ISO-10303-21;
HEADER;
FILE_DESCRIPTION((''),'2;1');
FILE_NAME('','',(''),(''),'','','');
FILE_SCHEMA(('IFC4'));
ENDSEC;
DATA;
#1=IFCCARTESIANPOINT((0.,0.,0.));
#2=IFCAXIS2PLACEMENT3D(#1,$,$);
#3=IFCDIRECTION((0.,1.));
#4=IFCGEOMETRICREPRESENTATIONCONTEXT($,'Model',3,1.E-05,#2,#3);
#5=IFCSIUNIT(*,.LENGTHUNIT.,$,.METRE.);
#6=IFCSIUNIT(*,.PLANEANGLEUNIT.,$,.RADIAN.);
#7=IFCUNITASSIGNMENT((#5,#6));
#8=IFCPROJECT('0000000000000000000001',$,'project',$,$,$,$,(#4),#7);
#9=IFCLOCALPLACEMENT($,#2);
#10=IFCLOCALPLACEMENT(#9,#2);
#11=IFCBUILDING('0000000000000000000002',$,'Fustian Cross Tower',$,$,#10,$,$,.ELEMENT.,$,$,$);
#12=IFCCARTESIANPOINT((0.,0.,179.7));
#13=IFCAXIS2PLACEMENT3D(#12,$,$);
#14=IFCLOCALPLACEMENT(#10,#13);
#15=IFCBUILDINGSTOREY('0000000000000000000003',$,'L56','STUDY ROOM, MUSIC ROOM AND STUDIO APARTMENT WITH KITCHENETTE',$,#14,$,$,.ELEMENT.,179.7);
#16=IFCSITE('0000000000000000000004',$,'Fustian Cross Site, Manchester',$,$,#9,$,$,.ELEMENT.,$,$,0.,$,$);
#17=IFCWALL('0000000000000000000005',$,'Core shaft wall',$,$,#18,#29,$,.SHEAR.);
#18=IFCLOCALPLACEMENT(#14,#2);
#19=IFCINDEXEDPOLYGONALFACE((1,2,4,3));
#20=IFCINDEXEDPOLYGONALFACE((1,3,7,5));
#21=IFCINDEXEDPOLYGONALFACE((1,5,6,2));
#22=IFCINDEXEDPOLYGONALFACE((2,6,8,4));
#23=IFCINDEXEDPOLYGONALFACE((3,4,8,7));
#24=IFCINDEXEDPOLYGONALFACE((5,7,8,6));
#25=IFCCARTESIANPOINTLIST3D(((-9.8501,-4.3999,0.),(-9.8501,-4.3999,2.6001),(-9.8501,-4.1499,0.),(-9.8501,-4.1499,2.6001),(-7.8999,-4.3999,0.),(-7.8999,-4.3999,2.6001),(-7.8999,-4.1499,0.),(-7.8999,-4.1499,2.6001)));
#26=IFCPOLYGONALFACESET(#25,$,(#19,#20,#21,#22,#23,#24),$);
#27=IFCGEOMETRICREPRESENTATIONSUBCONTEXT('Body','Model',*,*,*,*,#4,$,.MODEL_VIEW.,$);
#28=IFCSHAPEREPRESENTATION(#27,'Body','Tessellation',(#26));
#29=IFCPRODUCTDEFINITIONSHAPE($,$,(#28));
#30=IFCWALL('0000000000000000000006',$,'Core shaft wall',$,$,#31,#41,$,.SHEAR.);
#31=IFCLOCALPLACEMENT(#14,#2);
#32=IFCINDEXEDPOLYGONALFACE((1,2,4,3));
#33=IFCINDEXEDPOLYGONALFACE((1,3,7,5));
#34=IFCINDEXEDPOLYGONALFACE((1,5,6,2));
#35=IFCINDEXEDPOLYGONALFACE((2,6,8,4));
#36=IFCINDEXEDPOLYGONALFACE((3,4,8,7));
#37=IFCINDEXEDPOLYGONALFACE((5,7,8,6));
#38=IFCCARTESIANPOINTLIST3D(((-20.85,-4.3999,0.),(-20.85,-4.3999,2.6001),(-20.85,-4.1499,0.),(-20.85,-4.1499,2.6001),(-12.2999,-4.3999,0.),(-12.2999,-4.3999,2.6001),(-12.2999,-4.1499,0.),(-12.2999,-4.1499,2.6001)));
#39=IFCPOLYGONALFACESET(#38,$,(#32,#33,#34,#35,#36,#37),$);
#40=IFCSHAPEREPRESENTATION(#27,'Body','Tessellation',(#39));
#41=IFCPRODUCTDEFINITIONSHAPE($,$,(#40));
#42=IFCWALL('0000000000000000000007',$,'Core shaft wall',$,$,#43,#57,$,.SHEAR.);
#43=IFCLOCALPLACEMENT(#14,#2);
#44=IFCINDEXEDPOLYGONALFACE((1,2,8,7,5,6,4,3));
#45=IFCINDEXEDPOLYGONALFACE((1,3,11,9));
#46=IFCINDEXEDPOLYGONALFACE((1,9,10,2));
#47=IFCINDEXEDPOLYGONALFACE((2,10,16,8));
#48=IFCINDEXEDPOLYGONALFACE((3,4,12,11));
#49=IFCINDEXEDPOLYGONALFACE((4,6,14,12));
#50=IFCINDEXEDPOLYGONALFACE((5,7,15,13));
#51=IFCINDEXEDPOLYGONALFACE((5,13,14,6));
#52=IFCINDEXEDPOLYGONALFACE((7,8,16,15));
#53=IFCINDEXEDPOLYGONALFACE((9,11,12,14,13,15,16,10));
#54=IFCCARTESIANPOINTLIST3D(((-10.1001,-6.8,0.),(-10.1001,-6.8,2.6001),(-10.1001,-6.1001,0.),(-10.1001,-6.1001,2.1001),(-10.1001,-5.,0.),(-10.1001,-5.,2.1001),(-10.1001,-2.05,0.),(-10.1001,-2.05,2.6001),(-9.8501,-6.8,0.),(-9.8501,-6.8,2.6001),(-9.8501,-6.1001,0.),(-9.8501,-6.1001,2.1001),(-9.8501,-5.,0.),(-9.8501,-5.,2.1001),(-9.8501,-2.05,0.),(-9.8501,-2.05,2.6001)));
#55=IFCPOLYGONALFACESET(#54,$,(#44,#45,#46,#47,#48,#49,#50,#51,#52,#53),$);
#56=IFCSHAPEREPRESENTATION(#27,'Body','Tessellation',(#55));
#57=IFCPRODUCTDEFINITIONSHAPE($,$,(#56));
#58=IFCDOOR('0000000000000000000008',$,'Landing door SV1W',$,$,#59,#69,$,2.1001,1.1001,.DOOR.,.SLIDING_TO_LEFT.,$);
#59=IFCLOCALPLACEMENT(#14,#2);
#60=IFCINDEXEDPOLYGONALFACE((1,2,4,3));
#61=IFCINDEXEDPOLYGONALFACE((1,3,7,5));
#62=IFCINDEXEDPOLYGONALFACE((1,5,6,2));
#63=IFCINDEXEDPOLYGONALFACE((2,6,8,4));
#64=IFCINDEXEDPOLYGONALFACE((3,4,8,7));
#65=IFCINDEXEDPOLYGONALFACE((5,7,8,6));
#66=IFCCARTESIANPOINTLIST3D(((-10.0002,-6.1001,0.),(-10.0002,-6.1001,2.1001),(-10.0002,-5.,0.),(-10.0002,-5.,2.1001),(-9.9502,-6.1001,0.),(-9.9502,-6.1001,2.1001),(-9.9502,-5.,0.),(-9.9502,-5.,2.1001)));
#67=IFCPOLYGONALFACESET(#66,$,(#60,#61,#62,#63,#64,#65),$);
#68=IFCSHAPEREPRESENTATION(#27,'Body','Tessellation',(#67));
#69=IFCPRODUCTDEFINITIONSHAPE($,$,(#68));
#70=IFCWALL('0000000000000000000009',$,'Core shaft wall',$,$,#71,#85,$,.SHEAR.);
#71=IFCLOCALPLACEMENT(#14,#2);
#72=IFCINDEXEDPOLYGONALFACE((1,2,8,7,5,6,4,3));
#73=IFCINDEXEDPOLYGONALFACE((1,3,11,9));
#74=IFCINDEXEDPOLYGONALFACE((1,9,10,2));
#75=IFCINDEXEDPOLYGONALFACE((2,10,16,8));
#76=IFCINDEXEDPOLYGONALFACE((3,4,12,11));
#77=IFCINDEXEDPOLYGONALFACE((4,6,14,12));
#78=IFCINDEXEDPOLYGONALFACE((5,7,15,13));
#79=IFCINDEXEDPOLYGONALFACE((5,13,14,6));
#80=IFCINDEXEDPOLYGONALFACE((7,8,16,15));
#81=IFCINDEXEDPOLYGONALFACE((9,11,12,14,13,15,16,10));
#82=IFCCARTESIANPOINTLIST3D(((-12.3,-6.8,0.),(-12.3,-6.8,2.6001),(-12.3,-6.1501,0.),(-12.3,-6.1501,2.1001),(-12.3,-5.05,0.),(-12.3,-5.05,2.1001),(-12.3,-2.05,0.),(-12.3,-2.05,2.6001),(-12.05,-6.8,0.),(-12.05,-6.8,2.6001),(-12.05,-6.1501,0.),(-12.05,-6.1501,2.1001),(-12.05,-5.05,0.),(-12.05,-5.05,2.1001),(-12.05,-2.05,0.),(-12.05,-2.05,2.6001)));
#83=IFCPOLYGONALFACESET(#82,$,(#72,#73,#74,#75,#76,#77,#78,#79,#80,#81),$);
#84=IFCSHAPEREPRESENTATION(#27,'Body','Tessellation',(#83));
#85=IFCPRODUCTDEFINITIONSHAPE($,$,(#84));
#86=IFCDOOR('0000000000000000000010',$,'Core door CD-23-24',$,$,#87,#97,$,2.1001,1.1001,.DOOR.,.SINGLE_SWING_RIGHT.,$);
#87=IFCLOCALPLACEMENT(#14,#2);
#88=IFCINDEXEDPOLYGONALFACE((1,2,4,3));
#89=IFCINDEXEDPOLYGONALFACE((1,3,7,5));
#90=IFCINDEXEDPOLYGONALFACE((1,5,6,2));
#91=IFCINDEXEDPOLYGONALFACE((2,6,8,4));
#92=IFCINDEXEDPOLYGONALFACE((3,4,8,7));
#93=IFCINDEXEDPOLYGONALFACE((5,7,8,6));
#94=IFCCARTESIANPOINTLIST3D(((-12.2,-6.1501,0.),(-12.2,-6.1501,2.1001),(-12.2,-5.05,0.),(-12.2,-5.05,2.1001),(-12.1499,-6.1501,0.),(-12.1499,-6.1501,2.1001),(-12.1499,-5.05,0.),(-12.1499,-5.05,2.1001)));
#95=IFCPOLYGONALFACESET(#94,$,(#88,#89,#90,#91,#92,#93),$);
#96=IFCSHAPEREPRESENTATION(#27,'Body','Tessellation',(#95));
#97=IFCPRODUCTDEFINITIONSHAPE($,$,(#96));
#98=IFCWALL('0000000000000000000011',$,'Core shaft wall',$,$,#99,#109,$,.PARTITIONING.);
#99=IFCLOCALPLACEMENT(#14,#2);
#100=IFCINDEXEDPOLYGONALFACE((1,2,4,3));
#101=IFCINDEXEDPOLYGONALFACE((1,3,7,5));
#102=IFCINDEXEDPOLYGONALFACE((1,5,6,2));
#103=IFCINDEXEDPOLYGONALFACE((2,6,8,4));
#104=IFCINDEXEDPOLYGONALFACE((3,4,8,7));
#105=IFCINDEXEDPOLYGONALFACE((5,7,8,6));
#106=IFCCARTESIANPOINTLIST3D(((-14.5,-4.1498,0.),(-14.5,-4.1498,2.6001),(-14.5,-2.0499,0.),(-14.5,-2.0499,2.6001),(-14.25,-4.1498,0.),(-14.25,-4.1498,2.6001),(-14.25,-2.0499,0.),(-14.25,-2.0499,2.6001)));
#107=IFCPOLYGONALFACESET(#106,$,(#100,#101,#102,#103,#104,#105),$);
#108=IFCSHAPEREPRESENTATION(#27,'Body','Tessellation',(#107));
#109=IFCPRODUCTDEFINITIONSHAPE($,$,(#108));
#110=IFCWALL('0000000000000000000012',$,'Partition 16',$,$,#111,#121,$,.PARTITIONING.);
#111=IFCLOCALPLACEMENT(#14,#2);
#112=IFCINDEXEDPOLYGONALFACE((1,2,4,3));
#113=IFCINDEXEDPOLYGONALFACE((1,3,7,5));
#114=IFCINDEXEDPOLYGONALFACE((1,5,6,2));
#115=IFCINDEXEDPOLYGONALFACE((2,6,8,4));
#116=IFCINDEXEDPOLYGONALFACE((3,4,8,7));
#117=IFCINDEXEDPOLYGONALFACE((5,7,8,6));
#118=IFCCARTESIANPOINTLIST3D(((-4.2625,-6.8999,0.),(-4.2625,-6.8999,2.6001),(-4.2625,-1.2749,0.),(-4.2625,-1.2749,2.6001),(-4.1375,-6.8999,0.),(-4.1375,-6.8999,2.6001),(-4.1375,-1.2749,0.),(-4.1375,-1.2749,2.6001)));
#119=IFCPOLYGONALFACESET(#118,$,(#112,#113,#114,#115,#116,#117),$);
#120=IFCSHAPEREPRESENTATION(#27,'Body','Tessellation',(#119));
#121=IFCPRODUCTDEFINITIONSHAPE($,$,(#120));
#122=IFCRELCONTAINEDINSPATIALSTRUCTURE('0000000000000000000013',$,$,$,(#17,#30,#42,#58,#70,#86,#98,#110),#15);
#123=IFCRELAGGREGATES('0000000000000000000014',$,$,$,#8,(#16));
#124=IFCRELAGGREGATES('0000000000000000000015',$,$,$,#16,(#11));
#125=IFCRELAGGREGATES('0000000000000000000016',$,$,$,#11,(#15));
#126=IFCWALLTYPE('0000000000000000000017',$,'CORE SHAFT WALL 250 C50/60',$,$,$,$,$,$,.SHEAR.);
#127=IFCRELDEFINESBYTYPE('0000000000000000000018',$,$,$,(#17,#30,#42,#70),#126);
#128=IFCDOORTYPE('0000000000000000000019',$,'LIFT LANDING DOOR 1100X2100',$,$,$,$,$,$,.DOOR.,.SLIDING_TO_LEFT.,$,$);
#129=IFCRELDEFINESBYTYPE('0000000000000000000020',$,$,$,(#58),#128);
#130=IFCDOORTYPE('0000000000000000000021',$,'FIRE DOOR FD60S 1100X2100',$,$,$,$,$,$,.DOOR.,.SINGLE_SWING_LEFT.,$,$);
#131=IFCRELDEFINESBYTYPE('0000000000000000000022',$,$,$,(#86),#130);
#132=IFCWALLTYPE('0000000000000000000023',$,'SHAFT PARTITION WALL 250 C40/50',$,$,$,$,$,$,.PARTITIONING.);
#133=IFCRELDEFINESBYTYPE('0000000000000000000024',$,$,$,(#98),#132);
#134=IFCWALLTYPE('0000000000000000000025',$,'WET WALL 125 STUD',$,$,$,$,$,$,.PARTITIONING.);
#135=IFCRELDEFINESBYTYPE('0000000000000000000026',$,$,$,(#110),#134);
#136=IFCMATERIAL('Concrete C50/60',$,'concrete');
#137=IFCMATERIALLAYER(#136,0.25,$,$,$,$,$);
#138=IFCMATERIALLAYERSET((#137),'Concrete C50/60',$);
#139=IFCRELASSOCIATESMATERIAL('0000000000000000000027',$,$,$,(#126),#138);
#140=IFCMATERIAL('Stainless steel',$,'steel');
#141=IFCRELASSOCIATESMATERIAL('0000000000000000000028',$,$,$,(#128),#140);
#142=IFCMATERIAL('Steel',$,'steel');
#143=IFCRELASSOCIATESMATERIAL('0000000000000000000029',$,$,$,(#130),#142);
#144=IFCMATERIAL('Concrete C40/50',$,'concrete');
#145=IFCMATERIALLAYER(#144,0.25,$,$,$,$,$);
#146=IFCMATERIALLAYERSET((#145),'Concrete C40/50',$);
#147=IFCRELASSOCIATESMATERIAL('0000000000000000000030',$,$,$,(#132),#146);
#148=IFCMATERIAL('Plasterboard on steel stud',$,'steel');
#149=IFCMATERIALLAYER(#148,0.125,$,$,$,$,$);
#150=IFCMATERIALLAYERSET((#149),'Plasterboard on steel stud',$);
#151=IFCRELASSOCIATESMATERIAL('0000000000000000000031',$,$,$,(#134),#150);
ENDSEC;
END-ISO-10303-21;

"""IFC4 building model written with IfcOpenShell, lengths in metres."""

from ifc_helpers import new_model, si_unit, direction, frame, frame_2d, origin, place, context, subcontext, project, spatial, rectangle, extrude, material, layer, layer_set, type_object, element, fill, save


model = new_model("IFC4")

# Units and contexts
model_context = context("Model", 3, precision=1e-05, world=origin(), true_north=direction((0.0, 1.0)))
body_context = subcontext(model_context, "Body", "Model", "MODEL_VIEW")
ifc_project = project(units=[si_unit("LENGTHUNIT", "METRE"), si_unit("PLANEANGLEUNIT", "RADIAN")], contexts=[model_context])

# Site, building, storey
site_placement = place(None, origin())
site = spatial("IfcSite", under=ifc_project, at=site_placement, Name="Fustian Cross Site, Manchester", CompositionType="ELEMENT", RefElevation=0.0)
building_placement = place(site_placement, origin())
building = spatial("IfcBuilding", under=site, at=building_placement, Name="Fustian Cross Tower", CompositionType="ELEMENT")
storey_placement = place(building_placement, frame((0.0, 0.0, 179.7)))
storey = spatial("IfcBuildingStorey", under=building, at=storey_placement, Name="L56", Description="STUDY ROOM, MUSIC ROOM AND STUDIO APARTMENT WITH KITCHENETTE", CompositionType="ELEMENT", Elevation=179.7)

# Walls
ifc_material_1 = material(Name="Concrete C50/60", Category="concrete")
ifc_layer_1 = layer(ifc_material_1, 0.25)
ifc_layer_set_1 = layer_set([ifc_layer_1], Name="Concrete C50/60")
wall_type_1 = type_object("IfcWallType", Name="CORE SHAFT WALL 250 C50/60", PredefinedType="SHEAR", material=ifc_layer_set_1)
wall_1_placement = place(storey_placement, frame((-7.8999, -4.2749, 0.0), z_axis=(0.0, 0.0, 1.0), x_axis=(-1.0, 0.0, 0.0)))
element("IfcWall", 1, at=wall_1_placement, inside=storey, type_object=wall_type_1, Name="Core shaft wall", PredefinedType="SHEAR", context=body_context, shape_type="SweptSolid", body=[
    extrude(rectangle(XDim=1.9502, YDim=0.25, at=frame_2d((0.9751, 0.0))), origin(), (0.0, 0.0, 1.0), 2.6001),
])
wall_2_placement = place(storey_placement, frame((-12.3, -4.2749, 0.0), z_axis=(0.0, 0.0, 1.0), x_axis=(-1.0, 0.0, 0.0)))
element("IfcWall", 2, at=wall_2_placement, inside=storey, type_object=wall_type_1, Name="Core shaft wall", PredefinedType="SHEAR", context=body_context, shape_type="SweptSolid", body=[
    extrude(rectangle(XDim=8.55, YDim=0.25, at=frame_2d((4.2749, 0.0))), origin(), (0.0, 0.0, 1.0), 2.6001),
])

# Walls, openings, doors
wall_3_placement = place(storey_placement, frame((-9.9751, -2.05, 0.0), z_axis=(0.0, 0.0, 1.0), x_axis=(0.0, -1.0, 0.0)))
wall_3 = element("IfcWall", 3, at=wall_3_placement, inside=storey, type_object=wall_type_1, Name="Core shaft wall", PredefinedType="SHEAR", context=body_context, shape_type="SweptSolid", body=[
    extrude(rectangle(XDim=4.75, YDim=0.25, at=frame_2d((2.375, 0.0))), origin(), (0.0, 0.0, 1.0), 2.6001),
])
opening_1_placement = place(wall_3_placement, frame((2.95, 0.0, 0.0)))
opening_1 = element("IfcOpeningElement", 4, at=opening_1_placement, cuts=wall_3, PredefinedType="OPENING", context=body_context, shape_type="SweptSolid", body=[
    extrude(rectangle(XDim=1.1001, YDim=2.1001, at=frame_2d((0.55, 1.05))), frame((0.0, 0.135, 0.0), z_axis=(0.0, -1.0, 0.0), x_axis=(1.0, 0.0, 0.0)), (0.0, 0.0, 1.0), 0.27),
])
ifc_material_2 = material(Name="Stainless steel", Category="steel")
door_type_1 = type_object("IfcDoorType", Name="LIFT LANDING DOOR 1100X2100", OperationType="SLIDING_TO_LEFT", PredefinedType="DOOR", material=ifc_material_2)
door_1_placement = place(opening_1_placement, origin())
door_1 = element("IfcDoor", 5, at=door_1_placement, inside=storey, type_object=door_type_1, Name="Landing door SV1W", OperationType="SLIDING_TO_LEFT", OverallHeight=2.1001, OverallWidth=1.1001, PredefinedType="DOOR", context=body_context, shape_type="SweptSolid", body=[
    extrude(rectangle(XDim=1.1001, YDim=2.1001, at=frame_2d((0.55, 1.05))), frame((0.0, 0.0249, 0.0), z_axis=(0.0, -1.0, 0.0), x_axis=(1.0, 0.0, 0.0)), (0.0, 0.0, 1.0), 0.05),
])
fill(opening_1, door_1)
wall_4_placement = place(storey_placement, frame((-12.175, -2.05, 0.0), z_axis=(0.0, 0.0, 1.0), x_axis=(0.0, -1.0, 0.0)))
wall_4 = element("IfcWall", 6, at=wall_4_placement, inside=storey, type_object=wall_type_1, Name="Core shaft wall", PredefinedType="SHEAR", context=body_context, shape_type="SweptSolid", body=[
    extrude(rectangle(XDim=4.75, YDim=0.25, at=frame_2d((2.375, 0.0))), origin(), (0.0, 0.0, 1.0), 2.6001),
])
opening_2_placement = place(wall_4_placement, frame((3.0, 0.0, 0.0)))
opening_2 = element("IfcOpeningElement", 7, at=opening_2_placement, cuts=wall_4, PredefinedType="OPENING", context=body_context, shape_type="SweptSolid", body=[
    extrude(rectangle(XDim=1.1001, YDim=2.1001, at=frame_2d((0.55, 1.05))), frame((0.0, 0.135, 0.0), z_axis=(0.0, -1.0, 0.0), x_axis=(1.0, 0.0, 0.0)), (0.0, 0.0, 1.0), 0.27),
])
ifc_material_3 = material(Name="Steel", Category="steel")
door_type_2 = type_object("IfcDoorType", Name="FIRE DOOR FD60S 1100X2100", OperationType="SINGLE_SWING_LEFT", PredefinedType="DOOR", material=ifc_material_3)
door_2_placement = place(opening_2_placement, frame((1.1001, 0.0, 0.0), z_axis=(0.0, 0.0, 1.0), x_axis=(-1.0, 0.0, 0.0)))
door_2 = element("IfcDoor", 8, at=door_2_placement, inside=storey, type_object=door_type_2, Name="Core door CD-23-24", OperationType="SINGLE_SWING_RIGHT", OverallHeight=2.1001, OverallWidth=1.1001, PredefinedType="DOOR", context=body_context, shape_type="SweptSolid", body=[
    extrude(rectangle(XDim=1.1001, YDim=2.1001, at=frame_2d((0.55, 1.05))), frame((0.0, 0.0249, 0.0), z_axis=(0.0, -1.0, 0.0), x_axis=(1.0, 0.0, 0.0)), (0.0, 0.0, 1.0), 0.05),
])
fill(opening_2, door_2)

# Walls
ifc_material_4 = material(Name="Concrete C40/50", Category="concrete")
ifc_layer_2 = layer(ifc_material_4, 0.25)
ifc_layer_set_2 = layer_set([ifc_layer_2], Name="Concrete C40/50")
wall_type_2 = type_object("IfcWallType", Name="SHAFT PARTITION WALL 250 C40/50", PredefinedType="PARTITIONING", material=ifc_layer_set_2)
wall_5_placement = place(storey_placement, frame((-14.375, -2.05, 0.0), z_axis=(0.0, 0.0, 1.0), x_axis=(0.0, -1.0, 0.0)))
element("IfcWall", 9, at=wall_5_placement, inside=storey, type_object=wall_type_2, Name="Core shaft wall", PredefinedType="PARTITIONING", context=body_context, shape_type="SweptSolid", body=[
    extrude(rectangle(XDim=2.0999, YDim=0.25, at=frame_2d((1.0498, 0.0))), origin(), (0.0, 0.0, 1.0), 2.6001),
])
ifc_material_5 = material(Name="Plasterboard on steel stud", Category="steel")
ifc_layer_3 = layer(ifc_material_5, 0.125)
ifc_layer_set_3 = layer_set([ifc_layer_3], Name="Plasterboard on steel stud")
wall_type_3 = type_object("IfcWallType", Name="WET WALL 125 STUD", PredefinedType="PARTITIONING", material=ifc_layer_set_3)
wall_6_placement = place(storey_placement, frame((-4.2, -6.8999, 0.0), z_axis=(0.0, 0.0, 1.0), x_axis=(0.0, 1.0, 0.0)))
element("IfcWall", 10, at=wall_6_placement, inside=storey, type_object=wall_type_3, Name="Partition 16", PredefinedType="PARTITIONING", context=body_context, shape_type="SweptSolid", body=[
    extrude(rectangle(XDim=5.625, YDim=0.125, at=frame_2d((2.8125, 0.0))), origin(), (0.0, 0.0, 1.0), 2.6001),
])

save(model, "model.ifc")
